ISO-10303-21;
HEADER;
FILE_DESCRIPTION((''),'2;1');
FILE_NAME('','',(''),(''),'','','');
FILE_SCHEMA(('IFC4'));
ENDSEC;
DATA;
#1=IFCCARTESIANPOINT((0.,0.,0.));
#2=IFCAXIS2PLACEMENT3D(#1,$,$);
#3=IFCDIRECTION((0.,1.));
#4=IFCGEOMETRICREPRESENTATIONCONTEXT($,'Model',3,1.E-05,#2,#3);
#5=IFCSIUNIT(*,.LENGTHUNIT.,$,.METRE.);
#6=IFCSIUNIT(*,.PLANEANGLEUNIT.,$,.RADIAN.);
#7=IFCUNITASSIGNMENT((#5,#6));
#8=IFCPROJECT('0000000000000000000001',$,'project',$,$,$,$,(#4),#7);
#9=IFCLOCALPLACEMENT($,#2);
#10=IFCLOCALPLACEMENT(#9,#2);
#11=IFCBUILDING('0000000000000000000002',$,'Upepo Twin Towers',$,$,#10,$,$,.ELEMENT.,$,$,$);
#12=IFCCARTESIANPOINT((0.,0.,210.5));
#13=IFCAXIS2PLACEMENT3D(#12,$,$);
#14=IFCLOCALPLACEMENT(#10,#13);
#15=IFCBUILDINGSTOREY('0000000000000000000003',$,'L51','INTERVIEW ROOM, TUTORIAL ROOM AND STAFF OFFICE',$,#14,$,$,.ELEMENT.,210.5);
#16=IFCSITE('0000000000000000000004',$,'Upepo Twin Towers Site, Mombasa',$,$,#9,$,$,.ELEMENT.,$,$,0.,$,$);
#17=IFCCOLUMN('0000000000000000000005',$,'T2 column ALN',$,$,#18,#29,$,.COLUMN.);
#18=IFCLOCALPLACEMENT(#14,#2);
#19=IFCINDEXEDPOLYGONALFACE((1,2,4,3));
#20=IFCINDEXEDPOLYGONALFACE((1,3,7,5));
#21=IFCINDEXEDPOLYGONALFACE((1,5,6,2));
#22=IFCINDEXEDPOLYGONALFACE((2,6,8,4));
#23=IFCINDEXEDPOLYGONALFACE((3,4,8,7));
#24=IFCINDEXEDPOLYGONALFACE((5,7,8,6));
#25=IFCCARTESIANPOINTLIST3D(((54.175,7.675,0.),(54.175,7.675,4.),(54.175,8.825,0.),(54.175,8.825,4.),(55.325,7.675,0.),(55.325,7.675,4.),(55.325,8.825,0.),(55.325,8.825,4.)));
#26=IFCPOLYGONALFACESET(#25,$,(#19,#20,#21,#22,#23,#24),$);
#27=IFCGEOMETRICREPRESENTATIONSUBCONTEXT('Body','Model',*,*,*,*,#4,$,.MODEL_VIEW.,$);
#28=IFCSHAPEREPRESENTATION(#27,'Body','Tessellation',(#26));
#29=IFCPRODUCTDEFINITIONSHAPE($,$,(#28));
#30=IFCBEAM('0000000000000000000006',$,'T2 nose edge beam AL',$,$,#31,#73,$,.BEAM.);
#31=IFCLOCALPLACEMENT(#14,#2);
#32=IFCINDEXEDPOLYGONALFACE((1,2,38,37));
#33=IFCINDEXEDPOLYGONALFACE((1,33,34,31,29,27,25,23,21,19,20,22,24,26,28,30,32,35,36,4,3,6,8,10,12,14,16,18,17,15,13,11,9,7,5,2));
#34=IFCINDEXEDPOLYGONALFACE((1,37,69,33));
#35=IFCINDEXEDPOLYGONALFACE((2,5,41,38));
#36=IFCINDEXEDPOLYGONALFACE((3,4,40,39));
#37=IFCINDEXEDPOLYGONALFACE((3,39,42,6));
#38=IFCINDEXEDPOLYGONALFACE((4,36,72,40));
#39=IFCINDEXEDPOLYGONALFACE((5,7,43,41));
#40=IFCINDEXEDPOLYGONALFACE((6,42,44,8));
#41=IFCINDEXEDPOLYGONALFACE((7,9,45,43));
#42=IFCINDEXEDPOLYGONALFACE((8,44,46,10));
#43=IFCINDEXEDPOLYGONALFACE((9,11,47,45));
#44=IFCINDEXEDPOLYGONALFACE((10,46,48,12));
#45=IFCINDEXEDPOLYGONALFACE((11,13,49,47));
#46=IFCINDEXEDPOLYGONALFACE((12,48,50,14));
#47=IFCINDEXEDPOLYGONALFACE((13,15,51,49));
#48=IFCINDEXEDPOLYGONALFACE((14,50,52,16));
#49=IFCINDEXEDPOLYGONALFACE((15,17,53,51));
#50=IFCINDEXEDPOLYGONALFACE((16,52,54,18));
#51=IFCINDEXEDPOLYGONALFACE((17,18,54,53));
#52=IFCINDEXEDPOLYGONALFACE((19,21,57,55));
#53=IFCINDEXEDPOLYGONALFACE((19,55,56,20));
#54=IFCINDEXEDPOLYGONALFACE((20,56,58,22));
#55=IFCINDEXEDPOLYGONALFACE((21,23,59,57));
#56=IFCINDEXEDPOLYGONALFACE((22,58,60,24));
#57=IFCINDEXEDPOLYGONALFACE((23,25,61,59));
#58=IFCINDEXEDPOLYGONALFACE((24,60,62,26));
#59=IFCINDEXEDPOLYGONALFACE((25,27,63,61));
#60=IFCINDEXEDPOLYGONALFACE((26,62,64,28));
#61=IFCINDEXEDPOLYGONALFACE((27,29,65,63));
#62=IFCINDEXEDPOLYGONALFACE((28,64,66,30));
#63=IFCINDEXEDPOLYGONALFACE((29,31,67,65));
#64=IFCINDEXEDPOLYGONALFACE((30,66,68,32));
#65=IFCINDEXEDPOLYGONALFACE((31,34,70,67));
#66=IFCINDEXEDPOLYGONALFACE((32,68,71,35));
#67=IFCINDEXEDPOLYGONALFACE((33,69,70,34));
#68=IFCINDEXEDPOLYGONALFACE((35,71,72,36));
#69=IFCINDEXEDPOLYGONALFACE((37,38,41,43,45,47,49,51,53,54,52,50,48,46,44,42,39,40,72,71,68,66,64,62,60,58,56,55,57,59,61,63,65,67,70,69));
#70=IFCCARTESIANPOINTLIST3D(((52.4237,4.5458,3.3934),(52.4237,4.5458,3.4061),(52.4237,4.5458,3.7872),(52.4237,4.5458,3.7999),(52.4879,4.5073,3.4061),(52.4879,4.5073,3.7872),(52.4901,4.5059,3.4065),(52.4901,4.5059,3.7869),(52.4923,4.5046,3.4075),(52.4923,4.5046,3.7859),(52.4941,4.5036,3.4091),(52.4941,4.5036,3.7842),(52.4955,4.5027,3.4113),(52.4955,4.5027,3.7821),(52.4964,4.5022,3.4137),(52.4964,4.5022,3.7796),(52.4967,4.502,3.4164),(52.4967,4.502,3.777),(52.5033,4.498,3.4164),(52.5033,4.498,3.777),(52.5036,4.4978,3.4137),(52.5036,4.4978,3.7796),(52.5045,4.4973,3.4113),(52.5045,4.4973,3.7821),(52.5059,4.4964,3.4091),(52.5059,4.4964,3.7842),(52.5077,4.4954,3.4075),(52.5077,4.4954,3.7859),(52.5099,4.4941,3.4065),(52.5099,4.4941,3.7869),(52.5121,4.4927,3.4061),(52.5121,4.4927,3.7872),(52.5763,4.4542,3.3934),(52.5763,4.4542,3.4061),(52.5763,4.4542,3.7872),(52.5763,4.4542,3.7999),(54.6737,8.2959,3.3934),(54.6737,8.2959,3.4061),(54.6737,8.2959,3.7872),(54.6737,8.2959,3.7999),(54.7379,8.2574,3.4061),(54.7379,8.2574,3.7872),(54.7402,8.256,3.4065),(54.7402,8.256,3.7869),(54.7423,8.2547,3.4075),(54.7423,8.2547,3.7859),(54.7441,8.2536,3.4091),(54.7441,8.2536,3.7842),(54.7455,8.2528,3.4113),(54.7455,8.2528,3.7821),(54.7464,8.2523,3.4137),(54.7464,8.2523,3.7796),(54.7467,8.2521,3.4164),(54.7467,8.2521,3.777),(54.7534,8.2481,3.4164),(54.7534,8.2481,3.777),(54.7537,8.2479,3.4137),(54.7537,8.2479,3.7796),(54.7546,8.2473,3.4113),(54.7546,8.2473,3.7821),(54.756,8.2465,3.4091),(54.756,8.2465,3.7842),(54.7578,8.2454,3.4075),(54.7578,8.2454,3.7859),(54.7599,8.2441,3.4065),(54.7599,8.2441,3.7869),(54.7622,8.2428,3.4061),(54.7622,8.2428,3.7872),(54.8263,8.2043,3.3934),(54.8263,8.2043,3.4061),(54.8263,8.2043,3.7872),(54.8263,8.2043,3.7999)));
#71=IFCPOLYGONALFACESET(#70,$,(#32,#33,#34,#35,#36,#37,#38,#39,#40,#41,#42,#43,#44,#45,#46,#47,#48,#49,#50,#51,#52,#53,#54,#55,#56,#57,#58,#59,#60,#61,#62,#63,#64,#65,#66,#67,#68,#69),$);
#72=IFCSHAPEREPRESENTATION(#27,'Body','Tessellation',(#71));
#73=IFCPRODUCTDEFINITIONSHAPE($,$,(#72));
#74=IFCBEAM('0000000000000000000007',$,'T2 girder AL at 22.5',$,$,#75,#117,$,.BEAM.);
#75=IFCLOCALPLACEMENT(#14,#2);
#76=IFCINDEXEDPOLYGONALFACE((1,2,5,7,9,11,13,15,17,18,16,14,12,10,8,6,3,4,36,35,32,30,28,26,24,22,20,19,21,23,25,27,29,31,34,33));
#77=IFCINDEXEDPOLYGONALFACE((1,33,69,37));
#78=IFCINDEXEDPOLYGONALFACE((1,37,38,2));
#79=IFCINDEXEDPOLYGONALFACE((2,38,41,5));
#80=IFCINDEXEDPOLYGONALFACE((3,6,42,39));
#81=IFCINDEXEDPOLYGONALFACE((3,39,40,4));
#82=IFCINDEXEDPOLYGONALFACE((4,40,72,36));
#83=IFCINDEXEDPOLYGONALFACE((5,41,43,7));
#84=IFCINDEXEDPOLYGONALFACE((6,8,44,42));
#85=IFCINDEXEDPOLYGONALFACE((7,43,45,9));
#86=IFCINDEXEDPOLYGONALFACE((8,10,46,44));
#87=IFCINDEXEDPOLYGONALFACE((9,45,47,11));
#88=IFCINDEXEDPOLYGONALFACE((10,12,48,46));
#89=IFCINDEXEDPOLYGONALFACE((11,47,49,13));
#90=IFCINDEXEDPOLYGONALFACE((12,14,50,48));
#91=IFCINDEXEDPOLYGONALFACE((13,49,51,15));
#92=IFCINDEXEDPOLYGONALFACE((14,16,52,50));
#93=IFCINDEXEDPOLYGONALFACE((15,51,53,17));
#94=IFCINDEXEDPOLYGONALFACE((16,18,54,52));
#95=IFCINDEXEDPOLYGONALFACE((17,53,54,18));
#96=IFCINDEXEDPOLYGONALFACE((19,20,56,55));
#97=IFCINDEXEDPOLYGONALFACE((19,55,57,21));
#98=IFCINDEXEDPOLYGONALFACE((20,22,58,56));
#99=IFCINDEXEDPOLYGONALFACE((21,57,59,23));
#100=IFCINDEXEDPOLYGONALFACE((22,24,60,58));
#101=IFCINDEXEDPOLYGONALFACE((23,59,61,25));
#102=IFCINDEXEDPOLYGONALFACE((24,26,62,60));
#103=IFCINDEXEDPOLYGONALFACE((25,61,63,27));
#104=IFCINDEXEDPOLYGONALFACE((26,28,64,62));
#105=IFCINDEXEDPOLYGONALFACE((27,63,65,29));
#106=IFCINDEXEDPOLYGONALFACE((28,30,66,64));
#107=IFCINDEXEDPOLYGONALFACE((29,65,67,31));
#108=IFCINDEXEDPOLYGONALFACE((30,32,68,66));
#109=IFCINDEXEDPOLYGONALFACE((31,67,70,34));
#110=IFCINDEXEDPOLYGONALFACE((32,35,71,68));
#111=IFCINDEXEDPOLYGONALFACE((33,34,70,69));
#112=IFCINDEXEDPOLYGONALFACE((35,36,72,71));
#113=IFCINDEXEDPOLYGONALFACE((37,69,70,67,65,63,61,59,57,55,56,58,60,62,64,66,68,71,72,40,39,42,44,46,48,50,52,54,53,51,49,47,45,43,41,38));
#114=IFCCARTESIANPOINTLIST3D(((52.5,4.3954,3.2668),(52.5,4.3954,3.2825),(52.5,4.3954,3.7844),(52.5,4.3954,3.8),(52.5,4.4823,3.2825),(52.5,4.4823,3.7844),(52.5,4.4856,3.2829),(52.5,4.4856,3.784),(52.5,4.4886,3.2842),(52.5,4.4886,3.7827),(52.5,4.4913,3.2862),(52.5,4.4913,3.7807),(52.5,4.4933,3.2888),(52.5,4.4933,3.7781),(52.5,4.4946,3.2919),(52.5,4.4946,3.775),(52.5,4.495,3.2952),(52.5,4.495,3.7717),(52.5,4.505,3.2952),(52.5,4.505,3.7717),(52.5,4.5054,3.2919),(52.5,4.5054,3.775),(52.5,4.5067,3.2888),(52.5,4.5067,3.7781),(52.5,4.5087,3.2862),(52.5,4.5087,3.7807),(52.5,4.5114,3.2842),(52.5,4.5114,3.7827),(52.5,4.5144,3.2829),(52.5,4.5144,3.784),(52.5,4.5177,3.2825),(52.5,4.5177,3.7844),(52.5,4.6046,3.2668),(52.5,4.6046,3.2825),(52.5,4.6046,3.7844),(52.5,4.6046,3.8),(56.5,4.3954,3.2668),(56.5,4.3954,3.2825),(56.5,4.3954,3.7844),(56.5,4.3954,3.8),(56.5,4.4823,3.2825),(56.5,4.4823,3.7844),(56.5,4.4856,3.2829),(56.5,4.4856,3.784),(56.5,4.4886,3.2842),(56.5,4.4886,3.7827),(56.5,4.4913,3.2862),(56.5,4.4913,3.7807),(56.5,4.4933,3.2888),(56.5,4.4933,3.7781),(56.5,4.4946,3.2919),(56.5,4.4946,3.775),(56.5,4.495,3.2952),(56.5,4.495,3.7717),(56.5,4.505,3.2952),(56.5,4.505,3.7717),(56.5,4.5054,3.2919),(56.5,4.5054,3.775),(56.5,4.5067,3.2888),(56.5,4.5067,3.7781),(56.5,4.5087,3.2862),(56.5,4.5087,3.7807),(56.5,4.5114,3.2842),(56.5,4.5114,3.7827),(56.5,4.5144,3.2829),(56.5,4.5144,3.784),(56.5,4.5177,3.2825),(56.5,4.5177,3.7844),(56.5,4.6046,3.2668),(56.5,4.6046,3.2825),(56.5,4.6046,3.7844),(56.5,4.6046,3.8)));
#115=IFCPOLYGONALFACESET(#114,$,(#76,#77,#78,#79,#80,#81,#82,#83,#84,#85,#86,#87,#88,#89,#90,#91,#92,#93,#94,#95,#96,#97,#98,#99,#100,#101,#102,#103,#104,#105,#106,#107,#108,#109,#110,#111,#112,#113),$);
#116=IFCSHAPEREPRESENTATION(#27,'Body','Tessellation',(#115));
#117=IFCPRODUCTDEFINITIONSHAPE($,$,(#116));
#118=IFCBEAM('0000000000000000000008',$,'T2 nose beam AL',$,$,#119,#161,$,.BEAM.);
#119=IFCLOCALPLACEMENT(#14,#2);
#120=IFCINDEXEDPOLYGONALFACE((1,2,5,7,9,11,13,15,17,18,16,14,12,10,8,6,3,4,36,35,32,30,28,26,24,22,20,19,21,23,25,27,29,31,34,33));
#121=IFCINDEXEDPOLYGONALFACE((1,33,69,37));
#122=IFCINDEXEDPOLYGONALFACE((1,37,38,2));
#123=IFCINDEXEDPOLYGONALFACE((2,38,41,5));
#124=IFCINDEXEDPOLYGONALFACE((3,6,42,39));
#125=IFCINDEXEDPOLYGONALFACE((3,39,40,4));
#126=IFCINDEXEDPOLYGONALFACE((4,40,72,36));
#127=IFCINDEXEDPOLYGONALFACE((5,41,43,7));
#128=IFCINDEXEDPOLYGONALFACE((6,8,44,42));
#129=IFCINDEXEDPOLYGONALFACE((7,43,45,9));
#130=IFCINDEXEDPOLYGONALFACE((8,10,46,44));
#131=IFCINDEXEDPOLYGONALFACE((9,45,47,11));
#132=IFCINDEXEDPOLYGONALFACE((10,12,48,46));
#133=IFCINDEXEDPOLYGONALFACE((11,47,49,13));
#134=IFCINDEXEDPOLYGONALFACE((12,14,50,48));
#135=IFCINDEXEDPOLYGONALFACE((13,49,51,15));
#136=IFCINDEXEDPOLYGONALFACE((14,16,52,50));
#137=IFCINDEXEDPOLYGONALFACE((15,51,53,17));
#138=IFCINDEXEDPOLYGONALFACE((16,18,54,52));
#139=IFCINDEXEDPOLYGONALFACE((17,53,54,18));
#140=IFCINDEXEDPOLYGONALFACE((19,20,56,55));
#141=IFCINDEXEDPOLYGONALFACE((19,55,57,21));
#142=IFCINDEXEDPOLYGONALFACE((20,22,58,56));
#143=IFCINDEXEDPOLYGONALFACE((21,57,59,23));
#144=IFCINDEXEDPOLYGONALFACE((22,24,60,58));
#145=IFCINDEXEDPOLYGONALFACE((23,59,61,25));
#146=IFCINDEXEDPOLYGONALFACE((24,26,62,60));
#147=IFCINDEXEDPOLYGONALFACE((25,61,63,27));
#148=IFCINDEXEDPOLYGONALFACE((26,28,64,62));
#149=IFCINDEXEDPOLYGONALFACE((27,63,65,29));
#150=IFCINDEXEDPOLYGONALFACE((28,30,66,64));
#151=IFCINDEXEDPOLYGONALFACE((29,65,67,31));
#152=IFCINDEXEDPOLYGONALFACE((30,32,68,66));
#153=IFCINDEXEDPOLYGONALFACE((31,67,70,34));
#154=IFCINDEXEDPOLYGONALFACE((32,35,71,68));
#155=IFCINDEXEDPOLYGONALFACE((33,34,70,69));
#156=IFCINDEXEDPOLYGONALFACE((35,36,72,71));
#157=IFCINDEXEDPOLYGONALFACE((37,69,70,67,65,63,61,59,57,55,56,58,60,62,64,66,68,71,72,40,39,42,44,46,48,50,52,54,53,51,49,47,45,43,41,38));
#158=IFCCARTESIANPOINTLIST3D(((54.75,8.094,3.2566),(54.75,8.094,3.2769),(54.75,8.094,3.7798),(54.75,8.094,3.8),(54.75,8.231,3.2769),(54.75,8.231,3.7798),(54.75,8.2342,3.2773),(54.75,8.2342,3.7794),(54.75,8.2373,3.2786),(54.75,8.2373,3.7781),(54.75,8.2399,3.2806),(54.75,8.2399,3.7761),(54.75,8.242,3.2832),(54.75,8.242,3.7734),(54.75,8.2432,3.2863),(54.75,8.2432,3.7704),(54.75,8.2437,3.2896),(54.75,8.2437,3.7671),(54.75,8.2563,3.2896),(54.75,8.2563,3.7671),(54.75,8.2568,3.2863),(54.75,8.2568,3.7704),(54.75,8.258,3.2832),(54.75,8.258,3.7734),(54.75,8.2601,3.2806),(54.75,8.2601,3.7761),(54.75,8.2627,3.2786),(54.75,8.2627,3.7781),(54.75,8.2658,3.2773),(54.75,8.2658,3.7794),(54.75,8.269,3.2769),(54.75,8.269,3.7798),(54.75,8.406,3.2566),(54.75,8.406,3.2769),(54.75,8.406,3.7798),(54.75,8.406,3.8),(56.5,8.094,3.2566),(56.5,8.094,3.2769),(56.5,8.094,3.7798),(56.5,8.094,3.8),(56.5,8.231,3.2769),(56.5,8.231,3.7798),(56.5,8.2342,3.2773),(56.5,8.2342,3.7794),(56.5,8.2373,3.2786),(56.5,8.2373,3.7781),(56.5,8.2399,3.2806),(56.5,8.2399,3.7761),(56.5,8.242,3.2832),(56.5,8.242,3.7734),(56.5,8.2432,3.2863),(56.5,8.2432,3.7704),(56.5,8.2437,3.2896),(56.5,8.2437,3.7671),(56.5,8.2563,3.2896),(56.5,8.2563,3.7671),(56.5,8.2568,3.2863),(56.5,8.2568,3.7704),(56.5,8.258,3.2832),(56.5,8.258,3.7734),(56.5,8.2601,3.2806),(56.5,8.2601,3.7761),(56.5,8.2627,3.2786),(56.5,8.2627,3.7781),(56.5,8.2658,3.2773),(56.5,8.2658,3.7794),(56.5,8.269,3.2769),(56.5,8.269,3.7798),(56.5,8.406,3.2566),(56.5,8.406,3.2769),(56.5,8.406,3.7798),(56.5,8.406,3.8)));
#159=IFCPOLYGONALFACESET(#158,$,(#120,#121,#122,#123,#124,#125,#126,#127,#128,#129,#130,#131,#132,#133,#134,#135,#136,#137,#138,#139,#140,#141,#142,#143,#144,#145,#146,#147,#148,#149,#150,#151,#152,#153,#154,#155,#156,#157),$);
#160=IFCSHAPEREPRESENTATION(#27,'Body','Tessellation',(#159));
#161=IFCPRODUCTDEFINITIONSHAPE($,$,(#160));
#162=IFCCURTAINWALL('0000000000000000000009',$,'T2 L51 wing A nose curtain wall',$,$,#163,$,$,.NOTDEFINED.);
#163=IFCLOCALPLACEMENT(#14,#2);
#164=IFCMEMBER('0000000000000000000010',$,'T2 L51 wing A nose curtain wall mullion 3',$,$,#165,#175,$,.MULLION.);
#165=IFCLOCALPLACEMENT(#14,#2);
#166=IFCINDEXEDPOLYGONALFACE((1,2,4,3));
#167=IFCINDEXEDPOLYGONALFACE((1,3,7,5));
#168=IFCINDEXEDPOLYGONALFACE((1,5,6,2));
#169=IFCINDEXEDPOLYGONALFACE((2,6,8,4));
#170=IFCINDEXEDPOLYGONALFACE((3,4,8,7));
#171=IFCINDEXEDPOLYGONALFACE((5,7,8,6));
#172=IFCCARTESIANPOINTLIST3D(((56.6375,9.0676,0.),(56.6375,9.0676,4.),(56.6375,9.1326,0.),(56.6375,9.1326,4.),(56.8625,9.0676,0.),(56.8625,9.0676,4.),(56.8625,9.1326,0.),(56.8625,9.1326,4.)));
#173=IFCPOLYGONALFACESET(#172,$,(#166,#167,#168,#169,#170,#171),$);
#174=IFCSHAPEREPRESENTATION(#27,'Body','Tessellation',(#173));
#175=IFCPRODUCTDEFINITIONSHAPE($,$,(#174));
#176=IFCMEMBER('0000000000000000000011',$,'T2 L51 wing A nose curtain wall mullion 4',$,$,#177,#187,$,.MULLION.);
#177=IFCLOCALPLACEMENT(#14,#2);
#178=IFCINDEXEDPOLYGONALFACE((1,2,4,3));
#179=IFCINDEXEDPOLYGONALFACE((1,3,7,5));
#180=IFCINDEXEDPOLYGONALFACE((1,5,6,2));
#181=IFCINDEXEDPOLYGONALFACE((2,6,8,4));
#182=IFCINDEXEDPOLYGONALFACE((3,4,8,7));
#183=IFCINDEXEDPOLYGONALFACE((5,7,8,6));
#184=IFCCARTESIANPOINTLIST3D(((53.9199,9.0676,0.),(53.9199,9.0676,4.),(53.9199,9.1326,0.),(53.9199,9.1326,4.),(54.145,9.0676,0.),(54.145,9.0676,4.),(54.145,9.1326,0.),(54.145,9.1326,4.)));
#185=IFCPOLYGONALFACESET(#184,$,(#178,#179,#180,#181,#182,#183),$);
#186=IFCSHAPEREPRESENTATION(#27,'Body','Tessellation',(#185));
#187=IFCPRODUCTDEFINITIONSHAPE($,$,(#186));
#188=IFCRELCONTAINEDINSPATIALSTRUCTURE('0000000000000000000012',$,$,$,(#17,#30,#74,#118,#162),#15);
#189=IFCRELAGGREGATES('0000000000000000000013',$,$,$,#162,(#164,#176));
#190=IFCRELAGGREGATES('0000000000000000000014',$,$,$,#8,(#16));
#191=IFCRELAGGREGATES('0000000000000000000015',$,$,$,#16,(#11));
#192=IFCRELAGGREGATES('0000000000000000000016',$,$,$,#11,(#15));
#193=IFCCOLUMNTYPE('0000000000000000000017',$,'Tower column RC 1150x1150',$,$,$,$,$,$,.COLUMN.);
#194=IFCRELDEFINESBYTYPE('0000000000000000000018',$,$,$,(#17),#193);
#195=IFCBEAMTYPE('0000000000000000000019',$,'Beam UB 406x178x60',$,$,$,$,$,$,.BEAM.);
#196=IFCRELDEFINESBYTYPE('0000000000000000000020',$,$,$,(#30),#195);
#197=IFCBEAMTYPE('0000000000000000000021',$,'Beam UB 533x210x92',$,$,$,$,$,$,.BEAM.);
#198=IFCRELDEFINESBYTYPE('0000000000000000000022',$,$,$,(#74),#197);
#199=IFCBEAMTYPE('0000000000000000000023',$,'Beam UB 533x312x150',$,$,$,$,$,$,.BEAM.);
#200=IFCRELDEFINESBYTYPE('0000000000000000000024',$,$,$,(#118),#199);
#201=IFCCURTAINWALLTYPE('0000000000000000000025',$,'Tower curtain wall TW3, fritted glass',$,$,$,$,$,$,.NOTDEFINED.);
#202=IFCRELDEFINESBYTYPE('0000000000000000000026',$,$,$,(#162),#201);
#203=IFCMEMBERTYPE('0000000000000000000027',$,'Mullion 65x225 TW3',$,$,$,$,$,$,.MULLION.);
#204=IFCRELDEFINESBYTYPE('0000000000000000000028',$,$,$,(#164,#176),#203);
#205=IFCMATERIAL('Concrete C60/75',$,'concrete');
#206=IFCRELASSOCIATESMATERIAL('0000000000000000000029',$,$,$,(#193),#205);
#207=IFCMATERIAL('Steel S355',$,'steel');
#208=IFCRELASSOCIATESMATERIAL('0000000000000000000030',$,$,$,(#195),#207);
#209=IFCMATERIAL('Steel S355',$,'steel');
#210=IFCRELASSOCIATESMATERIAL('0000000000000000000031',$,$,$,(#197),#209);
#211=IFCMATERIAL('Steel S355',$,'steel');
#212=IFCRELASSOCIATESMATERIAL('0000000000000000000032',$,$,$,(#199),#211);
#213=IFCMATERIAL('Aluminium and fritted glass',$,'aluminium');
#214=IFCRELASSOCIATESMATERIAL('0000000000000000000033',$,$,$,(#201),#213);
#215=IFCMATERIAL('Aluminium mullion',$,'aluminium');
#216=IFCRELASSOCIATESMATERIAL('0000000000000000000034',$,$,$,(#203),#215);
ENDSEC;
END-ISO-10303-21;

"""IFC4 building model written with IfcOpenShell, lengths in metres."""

from ifc_helpers import new_model, si_unit, direction, frame, origin, origin_2d, place, context, subcontext, project, spatial, rectangle, i_section, extrude, material, material_profile, profile_set, type_object, element, aggregate, save


model = new_model("IFC4")

# Units and contexts
model_context = context("Model", 3, precision=1e-05, world=origin(), true_north=direction((0.0, 1.0)))
body_context = subcontext(model_context, "Body", "Model", "MODEL_VIEW")
ifc_project = project(units=[si_unit("LENGTHUNIT", "METRE"), si_unit("PLANEANGLEUNIT", "RADIAN")], contexts=[model_context])

# Site, building, storey
site_placement = place(None, origin())
site = spatial("IfcSite", under=ifc_project, at=site_placement, Name="Upepo Twin Towers Site, Mombasa", CompositionType="ELEMENT", RefElevation=0.0)
building_placement = place(site_placement, origin())
building = spatial("IfcBuilding", under=site, at=building_placement, Name="Upepo Twin Towers", CompositionType="ELEMENT")
storey_placement = place(building_placement, frame((0.0, 0.0, 210.5)))
storey = spatial("IfcBuildingStorey", under=building, at=storey_placement, Name="L51", Description="INTERVIEW ROOM, TUTORIAL ROOM AND STAFF OFFICE", CompositionType="ELEMENT", Elevation=210.5)

# Column
ifc_material_1 = material(Name="Concrete C60/75", Category="concrete")
ifc_material_profile_1 = material_profile(ifc_material_1, rectangle(XDim=1.1499, YDim=1.1499, at=origin_2d()), Name="RC 1150x1150")
ifc_profile_set_1 = profile_set([ifc_material_profile_1], Name="Concrete C60/75")
column_type = type_object("IfcColumnType", Name="Tower column RC 1150x1150", PredefinedType="COLUMN", material=ifc_profile_set_1)
column_placement = place(storey_placement, frame((54.75, 8.25, 0.0), z_axis=(0.0, 0.0, 1.0), x_axis=(1.0, 0.0, 0.0)))
element("IfcColumn", 1, at=column_placement, inside=storey, type_object=column_type, Name="T2 column ALN", PredefinedType="COLUMN", context=body_context, shape_type="SweptSolid", body=[
    extrude(rectangle(XDim=1.1499, YDim=1.1499, at=origin_2d()), origin(), (0.0, 0.0, 1.0), 4.0),
])

# Beams
ifc_material_2 = material(Name="Steel S355", Category="steel")
ifc_material_profile_2 = material_profile(ifc_material_2, i_section(OverallWidth=0.178, OverallDepth=0.4065, WebThickness=0.0078, FlangeThickness=0.0127, FilletRadius=0.0103, at=origin_2d()), Name="UB 406x178x60")
ifc_profile_set_2 = profile_set([ifc_material_profile_2], Name="Steel S355")
beam_type_1 = type_object("IfcBeamType", Name="Beam UB 406x178x60", PredefinedType="BEAM", material=ifc_profile_set_2)
beam_1_placement = place(storey_placement, frame((52.5, 4.5, 3.5967), z_axis=(0.514496, 0.857493, 0.0), x_axis=(-0.857493, 0.514496, 0.0)))
element("IfcBeam", 2, at=beam_1_placement, inside=storey, type_object=beam_type_1, Name="T2 nose edge beam AL", PredefinedType="BEAM", context=body_context, shape_type="SweptSolid", body=[
    extrude(i_section(OverallWidth=0.178, OverallDepth=0.4065, WebThickness=0.0078, FlangeThickness=0.0127, FilletRadius=0.0103, at=origin_2d()), origin(), (0.0, 0.0, 1.0), 4.3733),
])
ifc_material_3 = material(Name="Steel S355", Category="steel")
ifc_material_profile_3 = material_profile(ifc_material_3, i_section(OverallWidth=0.2092, OverallDepth=0.5332, WebThickness=0.01, FlangeThickness=0.0156, FilletRadius=0.0127, at=origin_2d()), Name="UB 533x210x92")
ifc_profile_set_3 = profile_set([ifc_material_profile_3], Name="Steel S355")
beam_type_2 = type_object("IfcBeamType", Name="Beam UB 533x210x92", PredefinedType="BEAM", material=ifc_profile_set_3)
beam_2_placement = place(storey_placement, frame((52.5, 4.5, 3.5334), z_axis=(1.0, 0.0, 0.0), x_axis=(0.0, 1.0, 0.0)))
element("IfcBeam", 3, at=beam_2_placement, inside=storey, type_object=beam_type_2, Name="T2 girder AL at 22.5", PredefinedType="BEAM", context=body_context, shape_type="SweptSolid", body=[
    extrude(i_section(OverallWidth=0.2092, OverallDepth=0.5332, WebThickness=0.01, FlangeThickness=0.0156, FilletRadius=0.0127, at=origin_2d()), origin(), (0.0, 0.0, 1.0), 4.0),
])
ifc_material_4 = material(Name="Steel S355", Category="steel")
ifc_material_profile_4 = material_profile(ifc_material_4, i_section(OverallWidth=0.312, OverallDepth=0.5435, WebThickness=0.0127, FlangeThickness=0.0203, FilletRadius=0.0127, at=origin_2d()), Name="UB 533x312x150")
ifc_profile_set_4 = profile_set([ifc_material_profile_4], Name="Steel S355")
beam_type_3 = type_object("IfcBeamType", Name="Beam UB 533x312x150", PredefinedType="BEAM", material=ifc_profile_set_4)
beam_3_placement = place(storey_placement, frame((54.75, 8.25, 3.5283), z_axis=(1.0, 0.0, 0.0), x_axis=(0.0, 1.0, 0.0)))
element("IfcBeam", 4, at=beam_3_placement, inside=storey, type_object=beam_type_3, Name="T2 nose beam AL", PredefinedType="BEAM", context=body_context, shape_type="SweptSolid", body=[
    extrude(i_section(OverallWidth=0.312, OverallDepth=0.5435, WebThickness=0.0127, FlangeThickness=0.0203, FilletRadius=0.0127, at=origin_2d()), origin(), (0.0, 0.0, 1.0), 1.75),
])

# Curtain wall, members
ifc_material_5 = material(Name="Aluminium and fritted glass", Category="aluminium")
curtain_wall_type = type_object("IfcCurtainWallType", Name="Tower curtain wall TW3, fritted glass", PredefinedType="NOTDEFINED", material=ifc_material_5)
curtain_wall_placement = place(storey_placement, origin())
curtain_wall = element("IfcCurtainWall", 5, at=curtain_wall_placement, inside=storey, type_object=curtain_wall_type, Name="T2 L51 wing A nose curtain wall", PredefinedType="NOTDEFINED")
ifc_material_6 = material(Name="Aluminium mullion", Category="aluminium")
ifc_material_profile_5 = material_profile(ifc_material_6, rectangle(XDim=0.0649, YDim=0.2251, at=origin_2d()), Name="MULLION 65x225")
ifc_profile_set_5 = profile_set([ifc_material_profile_5], Name="Aluminium mullion")
member_type_1 = type_object("IfcMemberType", Name="Mullion 65x225 TW3", PredefinedType="MULLION", material=ifc_profile_set_5)
member_1_placement = place(storey_placement, frame((56.75, 9.1001, 0.0), z_axis=(0.0, 0.0, 1.0), x_axis=(0.0, -1.0, 0.0)))
member_1 = element("IfcMember", 6, at=member_1_placement, type_object=member_type_1, Name="T2 L51 wing A nose curtain wall mullion 3", PredefinedType="MULLION", context=body_context, shape_type="SweptSolid", body=[
    extrude(rectangle(XDim=0.0649, YDim=0.2251, at=origin_2d()), origin(), (0.0, 0.0, 1.0), 4.0),
])
member_2_placement = place(storey_placement, frame((54.0325, 9.1001, 0.0), z_axis=(0.0, 0.0, 1.0), x_axis=(0.0, -1.0, 0.0)))
member_2 = element("IfcMember", 7, at=member_2_placement, type_object=member_type_1, Name="T2 L51 wing A nose curtain wall mullion 4", PredefinedType="MULLION", context=body_context, shape_type="SweptSolid", body=[
    extrude(rectangle(XDim=0.0649, YDim=0.2251, at=origin_2d()), origin(), (0.0, 0.0, 1.0), 4.0),
])
aggregate(curtain_wall, [member_1, member_2])

save(model, "model.ifc")
